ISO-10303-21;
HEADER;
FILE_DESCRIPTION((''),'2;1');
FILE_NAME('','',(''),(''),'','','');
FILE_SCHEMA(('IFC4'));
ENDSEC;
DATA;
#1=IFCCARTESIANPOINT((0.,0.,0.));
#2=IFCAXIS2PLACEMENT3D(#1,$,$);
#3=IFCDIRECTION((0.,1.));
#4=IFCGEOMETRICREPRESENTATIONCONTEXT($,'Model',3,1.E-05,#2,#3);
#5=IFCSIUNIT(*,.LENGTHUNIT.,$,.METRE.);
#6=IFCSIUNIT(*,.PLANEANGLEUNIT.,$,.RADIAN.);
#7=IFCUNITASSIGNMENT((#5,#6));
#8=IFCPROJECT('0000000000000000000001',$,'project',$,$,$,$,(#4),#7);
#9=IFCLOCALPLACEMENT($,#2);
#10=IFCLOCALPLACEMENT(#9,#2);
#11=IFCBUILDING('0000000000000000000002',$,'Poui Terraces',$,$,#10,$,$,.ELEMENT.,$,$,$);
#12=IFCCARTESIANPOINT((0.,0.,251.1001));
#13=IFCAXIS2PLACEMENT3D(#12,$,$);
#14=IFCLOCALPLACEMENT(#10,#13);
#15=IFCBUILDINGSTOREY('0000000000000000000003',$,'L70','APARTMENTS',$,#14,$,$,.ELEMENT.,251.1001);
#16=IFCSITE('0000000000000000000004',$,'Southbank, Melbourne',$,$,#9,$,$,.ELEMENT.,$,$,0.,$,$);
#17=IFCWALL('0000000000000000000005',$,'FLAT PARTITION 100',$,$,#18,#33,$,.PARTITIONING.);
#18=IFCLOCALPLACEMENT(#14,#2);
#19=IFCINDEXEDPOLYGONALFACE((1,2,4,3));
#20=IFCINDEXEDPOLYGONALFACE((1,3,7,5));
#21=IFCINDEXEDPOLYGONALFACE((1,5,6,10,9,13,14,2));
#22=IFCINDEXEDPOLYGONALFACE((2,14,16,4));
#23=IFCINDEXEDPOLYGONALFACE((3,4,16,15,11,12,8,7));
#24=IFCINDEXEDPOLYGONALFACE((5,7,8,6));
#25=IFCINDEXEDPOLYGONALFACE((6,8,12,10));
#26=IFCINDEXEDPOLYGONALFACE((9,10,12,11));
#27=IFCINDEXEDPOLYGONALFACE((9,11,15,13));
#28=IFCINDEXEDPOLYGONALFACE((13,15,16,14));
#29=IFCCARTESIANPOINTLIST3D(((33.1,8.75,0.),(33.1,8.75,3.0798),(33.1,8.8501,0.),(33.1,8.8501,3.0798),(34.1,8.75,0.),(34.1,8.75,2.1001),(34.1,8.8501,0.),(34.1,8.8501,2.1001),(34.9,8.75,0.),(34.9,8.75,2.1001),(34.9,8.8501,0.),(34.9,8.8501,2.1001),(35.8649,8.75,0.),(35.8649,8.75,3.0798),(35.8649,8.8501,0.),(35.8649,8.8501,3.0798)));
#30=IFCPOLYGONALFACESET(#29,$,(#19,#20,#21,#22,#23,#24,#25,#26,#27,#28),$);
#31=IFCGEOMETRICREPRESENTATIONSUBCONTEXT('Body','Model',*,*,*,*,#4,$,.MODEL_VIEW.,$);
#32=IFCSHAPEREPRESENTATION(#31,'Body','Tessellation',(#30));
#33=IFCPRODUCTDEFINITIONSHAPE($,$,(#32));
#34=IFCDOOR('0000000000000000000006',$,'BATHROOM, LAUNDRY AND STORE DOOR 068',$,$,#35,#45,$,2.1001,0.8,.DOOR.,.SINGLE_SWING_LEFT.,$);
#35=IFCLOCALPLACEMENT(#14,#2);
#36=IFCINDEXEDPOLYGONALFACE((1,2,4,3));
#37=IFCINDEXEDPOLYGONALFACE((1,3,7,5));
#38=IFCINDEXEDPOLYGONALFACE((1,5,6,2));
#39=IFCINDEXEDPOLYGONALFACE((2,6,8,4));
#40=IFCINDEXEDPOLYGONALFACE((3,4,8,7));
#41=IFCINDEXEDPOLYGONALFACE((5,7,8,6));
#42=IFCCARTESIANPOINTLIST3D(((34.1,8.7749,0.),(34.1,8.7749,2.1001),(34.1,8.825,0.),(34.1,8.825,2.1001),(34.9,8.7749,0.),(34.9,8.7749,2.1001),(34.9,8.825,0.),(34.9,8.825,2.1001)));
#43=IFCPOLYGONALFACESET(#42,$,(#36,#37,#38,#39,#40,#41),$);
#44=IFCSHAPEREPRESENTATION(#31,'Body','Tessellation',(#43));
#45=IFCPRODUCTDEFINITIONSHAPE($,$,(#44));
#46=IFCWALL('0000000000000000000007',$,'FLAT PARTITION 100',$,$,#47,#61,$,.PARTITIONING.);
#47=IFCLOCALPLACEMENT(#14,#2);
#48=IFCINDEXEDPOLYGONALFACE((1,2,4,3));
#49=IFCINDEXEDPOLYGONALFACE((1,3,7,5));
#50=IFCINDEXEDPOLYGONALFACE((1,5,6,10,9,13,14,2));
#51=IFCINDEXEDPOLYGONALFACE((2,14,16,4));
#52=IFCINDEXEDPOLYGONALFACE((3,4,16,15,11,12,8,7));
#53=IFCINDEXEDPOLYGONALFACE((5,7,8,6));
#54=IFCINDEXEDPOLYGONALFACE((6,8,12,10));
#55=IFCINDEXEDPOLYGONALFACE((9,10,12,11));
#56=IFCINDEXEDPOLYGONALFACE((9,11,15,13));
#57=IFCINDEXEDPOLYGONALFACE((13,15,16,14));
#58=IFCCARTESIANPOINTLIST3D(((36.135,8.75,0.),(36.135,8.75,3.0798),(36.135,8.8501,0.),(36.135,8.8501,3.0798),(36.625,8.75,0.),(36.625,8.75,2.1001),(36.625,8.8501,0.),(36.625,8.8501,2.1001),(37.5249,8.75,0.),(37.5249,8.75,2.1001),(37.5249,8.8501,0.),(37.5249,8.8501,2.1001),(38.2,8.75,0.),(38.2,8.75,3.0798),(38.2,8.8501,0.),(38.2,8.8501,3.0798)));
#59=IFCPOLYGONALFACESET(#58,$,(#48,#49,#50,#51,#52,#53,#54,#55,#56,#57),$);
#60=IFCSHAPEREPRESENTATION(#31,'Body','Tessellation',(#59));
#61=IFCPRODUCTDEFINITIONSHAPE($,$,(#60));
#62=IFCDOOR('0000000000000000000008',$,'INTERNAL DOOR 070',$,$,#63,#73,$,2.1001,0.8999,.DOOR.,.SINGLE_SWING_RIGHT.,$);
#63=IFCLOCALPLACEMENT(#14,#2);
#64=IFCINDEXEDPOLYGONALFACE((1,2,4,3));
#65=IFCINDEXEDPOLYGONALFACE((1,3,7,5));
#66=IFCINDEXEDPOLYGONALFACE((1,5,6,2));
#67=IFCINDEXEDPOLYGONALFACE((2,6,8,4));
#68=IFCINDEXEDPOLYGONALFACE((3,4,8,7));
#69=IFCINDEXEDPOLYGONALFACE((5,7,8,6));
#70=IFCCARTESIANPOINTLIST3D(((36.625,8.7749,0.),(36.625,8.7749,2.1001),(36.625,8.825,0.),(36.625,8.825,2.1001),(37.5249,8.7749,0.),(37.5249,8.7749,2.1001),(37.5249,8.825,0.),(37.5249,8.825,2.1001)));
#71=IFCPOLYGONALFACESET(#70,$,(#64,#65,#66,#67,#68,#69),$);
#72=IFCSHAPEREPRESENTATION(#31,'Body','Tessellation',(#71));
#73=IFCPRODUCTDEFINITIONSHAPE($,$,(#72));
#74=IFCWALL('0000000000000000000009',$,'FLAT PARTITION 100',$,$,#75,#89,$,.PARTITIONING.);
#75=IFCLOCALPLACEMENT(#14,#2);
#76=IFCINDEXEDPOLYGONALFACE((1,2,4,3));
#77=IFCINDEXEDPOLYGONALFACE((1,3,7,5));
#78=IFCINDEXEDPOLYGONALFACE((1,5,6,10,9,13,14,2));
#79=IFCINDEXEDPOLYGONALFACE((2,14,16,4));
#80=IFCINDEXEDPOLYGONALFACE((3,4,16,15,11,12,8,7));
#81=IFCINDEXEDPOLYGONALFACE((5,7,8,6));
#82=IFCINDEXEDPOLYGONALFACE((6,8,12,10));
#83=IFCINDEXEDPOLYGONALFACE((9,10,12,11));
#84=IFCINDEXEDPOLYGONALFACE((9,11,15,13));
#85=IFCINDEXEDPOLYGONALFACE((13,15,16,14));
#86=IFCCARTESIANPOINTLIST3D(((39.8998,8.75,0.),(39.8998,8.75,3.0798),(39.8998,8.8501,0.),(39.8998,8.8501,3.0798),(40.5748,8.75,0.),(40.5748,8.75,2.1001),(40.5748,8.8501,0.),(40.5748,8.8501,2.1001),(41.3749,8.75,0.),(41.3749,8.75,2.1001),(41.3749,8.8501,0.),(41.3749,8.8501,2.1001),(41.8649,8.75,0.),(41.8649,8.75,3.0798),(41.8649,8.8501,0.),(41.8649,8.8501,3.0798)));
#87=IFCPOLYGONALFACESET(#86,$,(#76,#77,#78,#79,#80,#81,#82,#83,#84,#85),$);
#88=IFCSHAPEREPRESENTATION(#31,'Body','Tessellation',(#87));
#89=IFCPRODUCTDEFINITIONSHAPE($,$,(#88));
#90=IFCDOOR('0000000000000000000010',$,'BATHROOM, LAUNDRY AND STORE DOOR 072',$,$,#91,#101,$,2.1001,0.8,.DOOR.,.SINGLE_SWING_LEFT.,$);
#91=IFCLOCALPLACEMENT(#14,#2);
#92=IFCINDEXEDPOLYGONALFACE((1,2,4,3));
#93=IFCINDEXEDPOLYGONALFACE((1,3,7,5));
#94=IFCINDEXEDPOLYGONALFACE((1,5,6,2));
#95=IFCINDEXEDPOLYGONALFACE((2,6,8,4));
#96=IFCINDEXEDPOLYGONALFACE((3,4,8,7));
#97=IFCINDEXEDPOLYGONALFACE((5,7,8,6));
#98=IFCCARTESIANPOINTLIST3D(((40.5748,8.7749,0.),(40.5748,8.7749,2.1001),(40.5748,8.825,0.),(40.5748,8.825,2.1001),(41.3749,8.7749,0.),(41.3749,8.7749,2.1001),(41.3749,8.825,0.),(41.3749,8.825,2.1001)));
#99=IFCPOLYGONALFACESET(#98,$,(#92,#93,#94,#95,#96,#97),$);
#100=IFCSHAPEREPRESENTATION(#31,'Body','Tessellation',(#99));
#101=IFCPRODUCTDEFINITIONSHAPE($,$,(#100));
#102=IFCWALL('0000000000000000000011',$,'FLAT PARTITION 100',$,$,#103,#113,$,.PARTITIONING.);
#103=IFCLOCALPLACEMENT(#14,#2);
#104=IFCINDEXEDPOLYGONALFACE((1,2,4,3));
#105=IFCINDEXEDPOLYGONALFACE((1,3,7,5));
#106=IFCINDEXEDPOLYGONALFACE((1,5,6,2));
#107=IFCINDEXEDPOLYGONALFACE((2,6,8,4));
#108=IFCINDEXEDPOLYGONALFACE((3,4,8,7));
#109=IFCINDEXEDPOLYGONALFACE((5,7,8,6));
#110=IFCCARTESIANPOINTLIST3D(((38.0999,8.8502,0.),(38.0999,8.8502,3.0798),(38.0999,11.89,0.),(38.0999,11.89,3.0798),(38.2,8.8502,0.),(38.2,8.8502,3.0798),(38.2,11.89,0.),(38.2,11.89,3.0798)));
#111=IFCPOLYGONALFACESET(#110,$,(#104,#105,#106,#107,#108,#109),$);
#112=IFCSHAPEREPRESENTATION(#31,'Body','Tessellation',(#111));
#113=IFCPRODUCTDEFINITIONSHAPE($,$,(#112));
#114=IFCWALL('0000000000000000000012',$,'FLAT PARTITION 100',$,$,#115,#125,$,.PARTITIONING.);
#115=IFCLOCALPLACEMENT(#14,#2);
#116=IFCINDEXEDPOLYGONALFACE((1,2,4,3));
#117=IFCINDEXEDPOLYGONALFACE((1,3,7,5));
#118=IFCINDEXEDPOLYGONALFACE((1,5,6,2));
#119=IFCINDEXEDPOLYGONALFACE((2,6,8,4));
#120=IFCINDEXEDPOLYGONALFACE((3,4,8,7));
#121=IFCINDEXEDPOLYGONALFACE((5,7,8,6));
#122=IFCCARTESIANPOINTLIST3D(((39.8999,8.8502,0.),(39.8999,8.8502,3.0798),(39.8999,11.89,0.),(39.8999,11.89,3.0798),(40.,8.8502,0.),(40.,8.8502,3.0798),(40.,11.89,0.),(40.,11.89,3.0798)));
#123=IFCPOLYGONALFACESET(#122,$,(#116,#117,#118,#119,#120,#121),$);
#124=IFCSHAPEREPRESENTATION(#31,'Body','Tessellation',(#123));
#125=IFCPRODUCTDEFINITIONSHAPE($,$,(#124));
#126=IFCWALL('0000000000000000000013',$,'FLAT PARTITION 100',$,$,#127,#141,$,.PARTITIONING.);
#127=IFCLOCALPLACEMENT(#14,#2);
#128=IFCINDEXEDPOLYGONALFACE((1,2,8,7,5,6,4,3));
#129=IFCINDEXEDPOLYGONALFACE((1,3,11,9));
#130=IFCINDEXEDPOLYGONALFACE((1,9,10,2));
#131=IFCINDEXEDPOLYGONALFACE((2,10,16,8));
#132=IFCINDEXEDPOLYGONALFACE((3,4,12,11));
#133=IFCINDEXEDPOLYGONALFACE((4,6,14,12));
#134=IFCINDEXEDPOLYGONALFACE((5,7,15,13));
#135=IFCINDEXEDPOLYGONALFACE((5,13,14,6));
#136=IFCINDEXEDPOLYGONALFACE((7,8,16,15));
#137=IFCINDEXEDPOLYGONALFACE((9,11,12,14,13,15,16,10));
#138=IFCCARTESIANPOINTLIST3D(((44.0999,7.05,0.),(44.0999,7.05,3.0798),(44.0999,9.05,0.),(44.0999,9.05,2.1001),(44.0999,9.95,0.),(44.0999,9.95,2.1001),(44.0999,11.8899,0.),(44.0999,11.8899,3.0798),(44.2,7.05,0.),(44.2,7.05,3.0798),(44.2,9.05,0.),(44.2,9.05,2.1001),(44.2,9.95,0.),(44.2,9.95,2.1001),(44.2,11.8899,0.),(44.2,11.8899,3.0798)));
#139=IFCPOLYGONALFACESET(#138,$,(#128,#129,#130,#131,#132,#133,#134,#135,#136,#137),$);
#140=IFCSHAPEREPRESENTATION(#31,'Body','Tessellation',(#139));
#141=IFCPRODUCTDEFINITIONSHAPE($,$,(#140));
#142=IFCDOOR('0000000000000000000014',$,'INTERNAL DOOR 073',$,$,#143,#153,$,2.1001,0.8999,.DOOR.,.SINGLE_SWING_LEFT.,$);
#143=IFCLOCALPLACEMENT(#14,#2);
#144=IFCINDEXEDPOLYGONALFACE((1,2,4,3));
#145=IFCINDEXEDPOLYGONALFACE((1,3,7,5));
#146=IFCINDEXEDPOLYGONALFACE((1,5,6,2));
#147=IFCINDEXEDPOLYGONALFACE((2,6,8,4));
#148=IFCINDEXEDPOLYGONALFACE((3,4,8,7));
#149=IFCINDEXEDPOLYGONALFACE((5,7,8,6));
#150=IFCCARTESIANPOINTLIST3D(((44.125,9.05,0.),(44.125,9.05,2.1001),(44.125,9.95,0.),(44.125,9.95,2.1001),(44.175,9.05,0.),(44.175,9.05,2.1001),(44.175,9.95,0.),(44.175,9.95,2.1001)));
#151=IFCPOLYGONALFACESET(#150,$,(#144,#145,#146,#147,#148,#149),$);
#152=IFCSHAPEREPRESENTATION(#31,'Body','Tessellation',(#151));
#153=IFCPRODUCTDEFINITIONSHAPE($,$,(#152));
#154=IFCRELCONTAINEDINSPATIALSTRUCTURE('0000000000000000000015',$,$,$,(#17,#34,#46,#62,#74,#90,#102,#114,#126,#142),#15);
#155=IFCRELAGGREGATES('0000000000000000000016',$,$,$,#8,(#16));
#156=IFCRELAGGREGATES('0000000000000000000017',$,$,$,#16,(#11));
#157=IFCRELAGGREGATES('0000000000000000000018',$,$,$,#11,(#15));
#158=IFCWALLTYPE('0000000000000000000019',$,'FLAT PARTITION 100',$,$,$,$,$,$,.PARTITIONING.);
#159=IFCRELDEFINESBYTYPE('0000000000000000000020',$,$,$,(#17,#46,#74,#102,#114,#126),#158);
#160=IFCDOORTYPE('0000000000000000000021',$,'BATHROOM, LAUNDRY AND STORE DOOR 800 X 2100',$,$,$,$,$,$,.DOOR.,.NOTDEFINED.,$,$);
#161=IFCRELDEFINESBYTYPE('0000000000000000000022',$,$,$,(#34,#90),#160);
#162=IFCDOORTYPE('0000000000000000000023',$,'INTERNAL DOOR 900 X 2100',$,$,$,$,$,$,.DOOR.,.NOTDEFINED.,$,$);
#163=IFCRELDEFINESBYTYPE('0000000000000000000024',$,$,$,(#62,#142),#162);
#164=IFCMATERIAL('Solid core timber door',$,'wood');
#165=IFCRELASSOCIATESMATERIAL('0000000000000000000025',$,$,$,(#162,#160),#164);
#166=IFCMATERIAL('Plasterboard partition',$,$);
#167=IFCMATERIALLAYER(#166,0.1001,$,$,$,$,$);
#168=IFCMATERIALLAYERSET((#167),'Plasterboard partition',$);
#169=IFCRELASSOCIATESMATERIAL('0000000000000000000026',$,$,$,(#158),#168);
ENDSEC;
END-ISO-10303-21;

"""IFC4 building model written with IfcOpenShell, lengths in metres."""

from ifc_helpers import new_model, si_unit, direction, frame, frame_2d, origin, place, context, subcontext, project, spatial, rectangle, extrude, material, layer, layer_set, type_object, element, fill, save


model = new_model("IFC4")

# Units and contexts
model_context = context("Model", 3, precision=1e-05, world=origin(), true_north=direction((0.0, 1.0)))
body_context = subcontext(model_context, "Body", "Model", "MODEL_VIEW")
ifc_project = project(units=[si_unit("LENGTHUNIT", "METRE"), si_unit("PLANEANGLEUNIT", "RADIAN")], contexts=[model_context])

# Site, building, storey
site_placement = place(None, origin())
site = spatial("IfcSite", under=ifc_project, at=site_placement, Name="Southbank, Melbourne", CompositionType="ELEMENT", RefElevation=0.0)
building_placement = place(site_placement, origin())
building = spatial("IfcBuilding", under=site, at=building_placement, Name="Poui Terraces", CompositionType="ELEMENT")
storey_placement = place(building_placement, frame((0.0, 0.0, 251.1001)))
storey = spatial("IfcBuildingStorey", under=building, at=storey_placement, Name="L70", Description="APARTMENTS", CompositionType="ELEMENT", Elevation=251.1001)

# Shared definitions
ifc_material_1 = material(Name="Solid core timber door", Category="wood")
door_type_1 = type_object("IfcDoorType", Name="INTERNAL DOOR 900 X 2100", OperationType="NOTDEFINED", PredefinedType="DOOR", material=ifc_material_1)

# Shared definitions
ifc_material_2 = material(Name="Plasterboard partition")
ifc_layer_1 = layer(ifc_material_2, 0.1001)
ifc_layer_set_1 = layer_set([ifc_layer_1], Name="Plasterboard partition")
wall_type_1 = type_object("IfcWallType", Name="FLAT PARTITION 100", PredefinedType="PARTITIONING", material=ifc_layer_set_1)

# Walls, openings, doors
door_type_2 = type_object("IfcDoorType", Name="BATHROOM, LAUNDRY AND STORE DOOR 800 X 2100", OperationType="NOTDEFINED", PredefinedType="DOOR", material=ifc_material_1)
wall_1_placement = place(storey_placement, frame((33.1001, 8.8, 0.0), z_axis=(0.0, 0.0, 1.0), x_axis=(1.0, 0.0, 0.0)))
wall_1 = element("IfcWall", 1, at=wall_1_placement, inside=storey, type_object=wall_type_1, Name="FLAT PARTITION 100", PredefinedType="PARTITIONING", context=body_context, shape_type="SweptSolid", body=[
    extrude(rectangle(XDim=2.7649, YDim=0.1001, at=frame_2d((1.3823, 0.0))), origin(), (0.0, 0.0, 1.0), 3.0798),
])
opening_1_placement = place(wall_1_placement, frame((1.0, 0.0, 0.0)))
opening_1 = element("IfcOpeningElement", 2, at=opening_1_placement, cuts=wall_1, PredefinedType="OPENING", context=body_context, shape_type="SweptSolid", body=[
    extrude(rectangle(XDim=0.8, YDim=2.1001, at=frame_2d((0.3999, 1.05))), frame((0.0, 0.0601, 0.0), z_axis=(0.0, -1.0, 0.0), x_axis=(1.0, 0.0, 0.0)), (0.0, 0.0, 1.0), 0.1201),
])
door_1_placement = place(opening_1_placement, origin())
door_1 = element("IfcDoor", 3, at=door_1_placement, inside=storey, type_object=door_type_2, Name="BATHROOM, LAUNDRY AND STORE DOOR 068", OperationType="SINGLE_SWING_LEFT", OverallHeight=2.1001, OverallWidth=0.8, PredefinedType="DOOR", context=body_context, shape_type="SweptSolid", body=[
    extrude(rectangle(XDim=0.8, YDim=2.1001, at=frame_2d((0.3999, 1.05))), frame((0.0, 0.0249, 0.0), z_axis=(0.0, -1.0, 0.0), x_axis=(1.0, 0.0, 0.0)), (0.0, 0.0, 1.0), 0.05),
])
fill(opening_1, door_1)
wall_2_placement = place(storey_placement, frame((36.135, 8.8, 0.0), z_axis=(0.0, 0.0, 1.0), x_axis=(1.0, 0.0, 0.0)))
wall_2 = element("IfcWall", 4, at=wall_2_placement, inside=storey, type_object=wall_type_1, Name="FLAT PARTITION 100", PredefinedType="PARTITIONING", context=body_context, shape_type="SweptSolid", body=[
    extrude(rectangle(XDim=2.0649, YDim=0.1001, at=frame_2d((1.0325, 0.0))), origin(), (0.0, 0.0, 1.0), 3.0798),
])
opening_2_placement = place(wall_2_placement, frame((0.49, 0.0, 0.0)))
opening_2 = element("IfcOpeningElement", 5, at=opening_2_placement, cuts=wall_2, PredefinedType="OPENING", context=body_context, shape_type="SweptSolid", body=[
    extrude(rectangle(XDim=0.8999, YDim=2.1001, at=frame_2d((0.45, 1.05))), frame((0.0, 0.0601, 0.0), z_axis=(0.0, -1.0, 0.0), x_axis=(1.0, 0.0, 0.0)), (0.0, 0.0, 1.0), 0.1201),
])
door_2_placement = place(opening_2_placement, origin())
door_2 = element("IfcDoor", 6, at=door_2_placement, inside=storey, type_object=door_type_1, Name="INTERNAL DOOR 070", OperationType="SINGLE_SWING_RIGHT", OverallHeight=2.1001, OverallWidth=0.8999, PredefinedType="DOOR", context=body_context, shape_type="SweptSolid", body=[
    extrude(rectangle(XDim=0.8999, YDim=2.1001, at=frame_2d((0.45, 1.05))), frame((0.0, 0.0249, 0.0), z_axis=(0.0, -1.0, 0.0), x_axis=(1.0, 0.0, 0.0)), (0.0, 0.0, 1.0), 0.05),
])
fill(opening_2, door_2)
wall_3_placement = place(storey_placement, frame((39.8999, 8.8, 0.0), z_axis=(0.0, 0.0, 1.0), x_axis=(1.0, 0.0, 0.0)))
wall_3 = element("IfcWall", 7, at=wall_3_placement, inside=storey, type_object=wall_type_1, Name="FLAT PARTITION 100", PredefinedType="PARTITIONING", context=body_context, shape_type="SweptSolid", body=[
    extrude(rectangle(XDim=1.9651, YDim=0.1001, at=frame_2d((0.9824, 0.0))), origin(), (0.0, 0.0, 1.0), 3.0798),
])
opening_3_placement = place(wall_3_placement, frame((0.675, 0.0, 0.0)))
opening_3 = element("IfcOpeningElement", 8, at=opening_3_placement, cuts=wall_3, PredefinedType="OPENING", context=body_context, shape_type="SweptSolid", body=[
    extrude(rectangle(XDim=0.8, YDim=2.1001, at=frame_2d((0.3999, 1.05))), frame((0.0, 0.0601, 0.0), z_axis=(0.0, -1.0, 0.0), x_axis=(1.0, 0.0, 0.0)), (0.0, 0.0, 1.0), 0.1201),
])
door_3_placement = place(opening_3_placement, origin())
door_3 = element("IfcDoor", 9, at=door_3_placement, inside=storey, type_object=door_type_2, Name="BATHROOM, LAUNDRY AND STORE DOOR 072", OperationType="SINGLE_SWING_LEFT", OverallHeight=2.1001, OverallWidth=0.8, PredefinedType="DOOR", context=body_context, shape_type="SweptSolid", body=[
    extrude(rectangle(XDim=0.8, YDim=2.1001, at=frame_2d((0.3999, 1.05))), frame((0.0, 0.0249, 0.0), z_axis=(0.0, -1.0, 0.0), x_axis=(1.0, 0.0, 0.0)), (0.0, 0.0, 1.0), 0.05),
])
fill(opening_3, door_3)

# Walls
for number, where, z_axis, x_axis, name in (
    (10, (38.1499, 8.8501, 0.0), (0.0, 0.0, 1.0), (0.0, 1.0, 0.0), "FLAT PARTITION 100"),
    (11, (39.95, 8.8501, 0.0), (0.0, 0.0, 1.0), (0.0, 1.0, 0.0), "FLAT PARTITION 100"),
):
    element("IfcWall", number, at=place(storey_placement, frame(where, z_axis=z_axis, x_axis=x_axis)), inside=storey, type_object=wall_type_1, Name=name, PredefinedType="PARTITIONING", context=body_context, shape_type="SweptSolid", body=[
        extrude(rectangle(XDim=3.0398, YDim=0.1001, at=frame_2d((1.52, 0.0))), origin(), (0.0, 0.0, 1.0), 3.0798),
    ])

# Wall, opening, door
wall_4_placement = place(storey_placement, frame((44.1499, 7.05, 0.0), z_axis=(0.0, 0.0, 1.0), x_axis=(0.0, 1.0, 0.0)))
wall_4 = element("IfcWall", 12, at=wall_4_placement, inside=storey, type_object=wall_type_1, Name="FLAT PARTITION 100", PredefinedType="PARTITIONING", context=body_context, shape_type="SweptSolid", body=[
    extrude(rectangle(XDim=4.8398, YDim=0.1001, at=frame_2d((2.4199, 0.0))), origin(), (0.0, 0.0, 1.0), 3.0798),
])
opening_4_placement = place(wall_4_placement, frame((2.0, 0.0, 0.0)))
opening_4 = element("IfcOpeningElement", 13, at=opening_4_placement, cuts=wall_4, PredefinedType="OPENING", context=body_context, shape_type="SweptSolid", body=[
    extrude(rectangle(XDim=0.8999, YDim=2.1001, at=frame_2d((0.45, 1.05))), frame((0.0, 0.0601, 0.0), z_axis=(0.0, -1.0, 0.0), x_axis=(1.0, 0.0, 0.0)), (0.0, 0.0, 1.0), 0.1201),
])
door_4_placement = place(opening_4_placement, origin())
door_4 = element("IfcDoor", 14, at=door_4_placement, inside=storey, type_object=door_type_1, Name="INTERNAL DOOR 073", OperationType="SINGLE_SWING_LEFT", OverallHeight=2.1001, OverallWidth=0.8999, PredefinedType="DOOR", context=body_context, shape_type="SweptSolid", body=[
    extrude(rectangle(XDim=0.8999, YDim=2.1001, at=frame_2d((0.45, 1.05))), frame((0.0, 0.0249, 0.0), z_axis=(0.0, -1.0, 0.0), x_axis=(1.0, 0.0, 0.0)), (0.0, 0.0, 1.0), 0.05),
])
fill(opening_4, door_4)

save(model, "model.ifc")
